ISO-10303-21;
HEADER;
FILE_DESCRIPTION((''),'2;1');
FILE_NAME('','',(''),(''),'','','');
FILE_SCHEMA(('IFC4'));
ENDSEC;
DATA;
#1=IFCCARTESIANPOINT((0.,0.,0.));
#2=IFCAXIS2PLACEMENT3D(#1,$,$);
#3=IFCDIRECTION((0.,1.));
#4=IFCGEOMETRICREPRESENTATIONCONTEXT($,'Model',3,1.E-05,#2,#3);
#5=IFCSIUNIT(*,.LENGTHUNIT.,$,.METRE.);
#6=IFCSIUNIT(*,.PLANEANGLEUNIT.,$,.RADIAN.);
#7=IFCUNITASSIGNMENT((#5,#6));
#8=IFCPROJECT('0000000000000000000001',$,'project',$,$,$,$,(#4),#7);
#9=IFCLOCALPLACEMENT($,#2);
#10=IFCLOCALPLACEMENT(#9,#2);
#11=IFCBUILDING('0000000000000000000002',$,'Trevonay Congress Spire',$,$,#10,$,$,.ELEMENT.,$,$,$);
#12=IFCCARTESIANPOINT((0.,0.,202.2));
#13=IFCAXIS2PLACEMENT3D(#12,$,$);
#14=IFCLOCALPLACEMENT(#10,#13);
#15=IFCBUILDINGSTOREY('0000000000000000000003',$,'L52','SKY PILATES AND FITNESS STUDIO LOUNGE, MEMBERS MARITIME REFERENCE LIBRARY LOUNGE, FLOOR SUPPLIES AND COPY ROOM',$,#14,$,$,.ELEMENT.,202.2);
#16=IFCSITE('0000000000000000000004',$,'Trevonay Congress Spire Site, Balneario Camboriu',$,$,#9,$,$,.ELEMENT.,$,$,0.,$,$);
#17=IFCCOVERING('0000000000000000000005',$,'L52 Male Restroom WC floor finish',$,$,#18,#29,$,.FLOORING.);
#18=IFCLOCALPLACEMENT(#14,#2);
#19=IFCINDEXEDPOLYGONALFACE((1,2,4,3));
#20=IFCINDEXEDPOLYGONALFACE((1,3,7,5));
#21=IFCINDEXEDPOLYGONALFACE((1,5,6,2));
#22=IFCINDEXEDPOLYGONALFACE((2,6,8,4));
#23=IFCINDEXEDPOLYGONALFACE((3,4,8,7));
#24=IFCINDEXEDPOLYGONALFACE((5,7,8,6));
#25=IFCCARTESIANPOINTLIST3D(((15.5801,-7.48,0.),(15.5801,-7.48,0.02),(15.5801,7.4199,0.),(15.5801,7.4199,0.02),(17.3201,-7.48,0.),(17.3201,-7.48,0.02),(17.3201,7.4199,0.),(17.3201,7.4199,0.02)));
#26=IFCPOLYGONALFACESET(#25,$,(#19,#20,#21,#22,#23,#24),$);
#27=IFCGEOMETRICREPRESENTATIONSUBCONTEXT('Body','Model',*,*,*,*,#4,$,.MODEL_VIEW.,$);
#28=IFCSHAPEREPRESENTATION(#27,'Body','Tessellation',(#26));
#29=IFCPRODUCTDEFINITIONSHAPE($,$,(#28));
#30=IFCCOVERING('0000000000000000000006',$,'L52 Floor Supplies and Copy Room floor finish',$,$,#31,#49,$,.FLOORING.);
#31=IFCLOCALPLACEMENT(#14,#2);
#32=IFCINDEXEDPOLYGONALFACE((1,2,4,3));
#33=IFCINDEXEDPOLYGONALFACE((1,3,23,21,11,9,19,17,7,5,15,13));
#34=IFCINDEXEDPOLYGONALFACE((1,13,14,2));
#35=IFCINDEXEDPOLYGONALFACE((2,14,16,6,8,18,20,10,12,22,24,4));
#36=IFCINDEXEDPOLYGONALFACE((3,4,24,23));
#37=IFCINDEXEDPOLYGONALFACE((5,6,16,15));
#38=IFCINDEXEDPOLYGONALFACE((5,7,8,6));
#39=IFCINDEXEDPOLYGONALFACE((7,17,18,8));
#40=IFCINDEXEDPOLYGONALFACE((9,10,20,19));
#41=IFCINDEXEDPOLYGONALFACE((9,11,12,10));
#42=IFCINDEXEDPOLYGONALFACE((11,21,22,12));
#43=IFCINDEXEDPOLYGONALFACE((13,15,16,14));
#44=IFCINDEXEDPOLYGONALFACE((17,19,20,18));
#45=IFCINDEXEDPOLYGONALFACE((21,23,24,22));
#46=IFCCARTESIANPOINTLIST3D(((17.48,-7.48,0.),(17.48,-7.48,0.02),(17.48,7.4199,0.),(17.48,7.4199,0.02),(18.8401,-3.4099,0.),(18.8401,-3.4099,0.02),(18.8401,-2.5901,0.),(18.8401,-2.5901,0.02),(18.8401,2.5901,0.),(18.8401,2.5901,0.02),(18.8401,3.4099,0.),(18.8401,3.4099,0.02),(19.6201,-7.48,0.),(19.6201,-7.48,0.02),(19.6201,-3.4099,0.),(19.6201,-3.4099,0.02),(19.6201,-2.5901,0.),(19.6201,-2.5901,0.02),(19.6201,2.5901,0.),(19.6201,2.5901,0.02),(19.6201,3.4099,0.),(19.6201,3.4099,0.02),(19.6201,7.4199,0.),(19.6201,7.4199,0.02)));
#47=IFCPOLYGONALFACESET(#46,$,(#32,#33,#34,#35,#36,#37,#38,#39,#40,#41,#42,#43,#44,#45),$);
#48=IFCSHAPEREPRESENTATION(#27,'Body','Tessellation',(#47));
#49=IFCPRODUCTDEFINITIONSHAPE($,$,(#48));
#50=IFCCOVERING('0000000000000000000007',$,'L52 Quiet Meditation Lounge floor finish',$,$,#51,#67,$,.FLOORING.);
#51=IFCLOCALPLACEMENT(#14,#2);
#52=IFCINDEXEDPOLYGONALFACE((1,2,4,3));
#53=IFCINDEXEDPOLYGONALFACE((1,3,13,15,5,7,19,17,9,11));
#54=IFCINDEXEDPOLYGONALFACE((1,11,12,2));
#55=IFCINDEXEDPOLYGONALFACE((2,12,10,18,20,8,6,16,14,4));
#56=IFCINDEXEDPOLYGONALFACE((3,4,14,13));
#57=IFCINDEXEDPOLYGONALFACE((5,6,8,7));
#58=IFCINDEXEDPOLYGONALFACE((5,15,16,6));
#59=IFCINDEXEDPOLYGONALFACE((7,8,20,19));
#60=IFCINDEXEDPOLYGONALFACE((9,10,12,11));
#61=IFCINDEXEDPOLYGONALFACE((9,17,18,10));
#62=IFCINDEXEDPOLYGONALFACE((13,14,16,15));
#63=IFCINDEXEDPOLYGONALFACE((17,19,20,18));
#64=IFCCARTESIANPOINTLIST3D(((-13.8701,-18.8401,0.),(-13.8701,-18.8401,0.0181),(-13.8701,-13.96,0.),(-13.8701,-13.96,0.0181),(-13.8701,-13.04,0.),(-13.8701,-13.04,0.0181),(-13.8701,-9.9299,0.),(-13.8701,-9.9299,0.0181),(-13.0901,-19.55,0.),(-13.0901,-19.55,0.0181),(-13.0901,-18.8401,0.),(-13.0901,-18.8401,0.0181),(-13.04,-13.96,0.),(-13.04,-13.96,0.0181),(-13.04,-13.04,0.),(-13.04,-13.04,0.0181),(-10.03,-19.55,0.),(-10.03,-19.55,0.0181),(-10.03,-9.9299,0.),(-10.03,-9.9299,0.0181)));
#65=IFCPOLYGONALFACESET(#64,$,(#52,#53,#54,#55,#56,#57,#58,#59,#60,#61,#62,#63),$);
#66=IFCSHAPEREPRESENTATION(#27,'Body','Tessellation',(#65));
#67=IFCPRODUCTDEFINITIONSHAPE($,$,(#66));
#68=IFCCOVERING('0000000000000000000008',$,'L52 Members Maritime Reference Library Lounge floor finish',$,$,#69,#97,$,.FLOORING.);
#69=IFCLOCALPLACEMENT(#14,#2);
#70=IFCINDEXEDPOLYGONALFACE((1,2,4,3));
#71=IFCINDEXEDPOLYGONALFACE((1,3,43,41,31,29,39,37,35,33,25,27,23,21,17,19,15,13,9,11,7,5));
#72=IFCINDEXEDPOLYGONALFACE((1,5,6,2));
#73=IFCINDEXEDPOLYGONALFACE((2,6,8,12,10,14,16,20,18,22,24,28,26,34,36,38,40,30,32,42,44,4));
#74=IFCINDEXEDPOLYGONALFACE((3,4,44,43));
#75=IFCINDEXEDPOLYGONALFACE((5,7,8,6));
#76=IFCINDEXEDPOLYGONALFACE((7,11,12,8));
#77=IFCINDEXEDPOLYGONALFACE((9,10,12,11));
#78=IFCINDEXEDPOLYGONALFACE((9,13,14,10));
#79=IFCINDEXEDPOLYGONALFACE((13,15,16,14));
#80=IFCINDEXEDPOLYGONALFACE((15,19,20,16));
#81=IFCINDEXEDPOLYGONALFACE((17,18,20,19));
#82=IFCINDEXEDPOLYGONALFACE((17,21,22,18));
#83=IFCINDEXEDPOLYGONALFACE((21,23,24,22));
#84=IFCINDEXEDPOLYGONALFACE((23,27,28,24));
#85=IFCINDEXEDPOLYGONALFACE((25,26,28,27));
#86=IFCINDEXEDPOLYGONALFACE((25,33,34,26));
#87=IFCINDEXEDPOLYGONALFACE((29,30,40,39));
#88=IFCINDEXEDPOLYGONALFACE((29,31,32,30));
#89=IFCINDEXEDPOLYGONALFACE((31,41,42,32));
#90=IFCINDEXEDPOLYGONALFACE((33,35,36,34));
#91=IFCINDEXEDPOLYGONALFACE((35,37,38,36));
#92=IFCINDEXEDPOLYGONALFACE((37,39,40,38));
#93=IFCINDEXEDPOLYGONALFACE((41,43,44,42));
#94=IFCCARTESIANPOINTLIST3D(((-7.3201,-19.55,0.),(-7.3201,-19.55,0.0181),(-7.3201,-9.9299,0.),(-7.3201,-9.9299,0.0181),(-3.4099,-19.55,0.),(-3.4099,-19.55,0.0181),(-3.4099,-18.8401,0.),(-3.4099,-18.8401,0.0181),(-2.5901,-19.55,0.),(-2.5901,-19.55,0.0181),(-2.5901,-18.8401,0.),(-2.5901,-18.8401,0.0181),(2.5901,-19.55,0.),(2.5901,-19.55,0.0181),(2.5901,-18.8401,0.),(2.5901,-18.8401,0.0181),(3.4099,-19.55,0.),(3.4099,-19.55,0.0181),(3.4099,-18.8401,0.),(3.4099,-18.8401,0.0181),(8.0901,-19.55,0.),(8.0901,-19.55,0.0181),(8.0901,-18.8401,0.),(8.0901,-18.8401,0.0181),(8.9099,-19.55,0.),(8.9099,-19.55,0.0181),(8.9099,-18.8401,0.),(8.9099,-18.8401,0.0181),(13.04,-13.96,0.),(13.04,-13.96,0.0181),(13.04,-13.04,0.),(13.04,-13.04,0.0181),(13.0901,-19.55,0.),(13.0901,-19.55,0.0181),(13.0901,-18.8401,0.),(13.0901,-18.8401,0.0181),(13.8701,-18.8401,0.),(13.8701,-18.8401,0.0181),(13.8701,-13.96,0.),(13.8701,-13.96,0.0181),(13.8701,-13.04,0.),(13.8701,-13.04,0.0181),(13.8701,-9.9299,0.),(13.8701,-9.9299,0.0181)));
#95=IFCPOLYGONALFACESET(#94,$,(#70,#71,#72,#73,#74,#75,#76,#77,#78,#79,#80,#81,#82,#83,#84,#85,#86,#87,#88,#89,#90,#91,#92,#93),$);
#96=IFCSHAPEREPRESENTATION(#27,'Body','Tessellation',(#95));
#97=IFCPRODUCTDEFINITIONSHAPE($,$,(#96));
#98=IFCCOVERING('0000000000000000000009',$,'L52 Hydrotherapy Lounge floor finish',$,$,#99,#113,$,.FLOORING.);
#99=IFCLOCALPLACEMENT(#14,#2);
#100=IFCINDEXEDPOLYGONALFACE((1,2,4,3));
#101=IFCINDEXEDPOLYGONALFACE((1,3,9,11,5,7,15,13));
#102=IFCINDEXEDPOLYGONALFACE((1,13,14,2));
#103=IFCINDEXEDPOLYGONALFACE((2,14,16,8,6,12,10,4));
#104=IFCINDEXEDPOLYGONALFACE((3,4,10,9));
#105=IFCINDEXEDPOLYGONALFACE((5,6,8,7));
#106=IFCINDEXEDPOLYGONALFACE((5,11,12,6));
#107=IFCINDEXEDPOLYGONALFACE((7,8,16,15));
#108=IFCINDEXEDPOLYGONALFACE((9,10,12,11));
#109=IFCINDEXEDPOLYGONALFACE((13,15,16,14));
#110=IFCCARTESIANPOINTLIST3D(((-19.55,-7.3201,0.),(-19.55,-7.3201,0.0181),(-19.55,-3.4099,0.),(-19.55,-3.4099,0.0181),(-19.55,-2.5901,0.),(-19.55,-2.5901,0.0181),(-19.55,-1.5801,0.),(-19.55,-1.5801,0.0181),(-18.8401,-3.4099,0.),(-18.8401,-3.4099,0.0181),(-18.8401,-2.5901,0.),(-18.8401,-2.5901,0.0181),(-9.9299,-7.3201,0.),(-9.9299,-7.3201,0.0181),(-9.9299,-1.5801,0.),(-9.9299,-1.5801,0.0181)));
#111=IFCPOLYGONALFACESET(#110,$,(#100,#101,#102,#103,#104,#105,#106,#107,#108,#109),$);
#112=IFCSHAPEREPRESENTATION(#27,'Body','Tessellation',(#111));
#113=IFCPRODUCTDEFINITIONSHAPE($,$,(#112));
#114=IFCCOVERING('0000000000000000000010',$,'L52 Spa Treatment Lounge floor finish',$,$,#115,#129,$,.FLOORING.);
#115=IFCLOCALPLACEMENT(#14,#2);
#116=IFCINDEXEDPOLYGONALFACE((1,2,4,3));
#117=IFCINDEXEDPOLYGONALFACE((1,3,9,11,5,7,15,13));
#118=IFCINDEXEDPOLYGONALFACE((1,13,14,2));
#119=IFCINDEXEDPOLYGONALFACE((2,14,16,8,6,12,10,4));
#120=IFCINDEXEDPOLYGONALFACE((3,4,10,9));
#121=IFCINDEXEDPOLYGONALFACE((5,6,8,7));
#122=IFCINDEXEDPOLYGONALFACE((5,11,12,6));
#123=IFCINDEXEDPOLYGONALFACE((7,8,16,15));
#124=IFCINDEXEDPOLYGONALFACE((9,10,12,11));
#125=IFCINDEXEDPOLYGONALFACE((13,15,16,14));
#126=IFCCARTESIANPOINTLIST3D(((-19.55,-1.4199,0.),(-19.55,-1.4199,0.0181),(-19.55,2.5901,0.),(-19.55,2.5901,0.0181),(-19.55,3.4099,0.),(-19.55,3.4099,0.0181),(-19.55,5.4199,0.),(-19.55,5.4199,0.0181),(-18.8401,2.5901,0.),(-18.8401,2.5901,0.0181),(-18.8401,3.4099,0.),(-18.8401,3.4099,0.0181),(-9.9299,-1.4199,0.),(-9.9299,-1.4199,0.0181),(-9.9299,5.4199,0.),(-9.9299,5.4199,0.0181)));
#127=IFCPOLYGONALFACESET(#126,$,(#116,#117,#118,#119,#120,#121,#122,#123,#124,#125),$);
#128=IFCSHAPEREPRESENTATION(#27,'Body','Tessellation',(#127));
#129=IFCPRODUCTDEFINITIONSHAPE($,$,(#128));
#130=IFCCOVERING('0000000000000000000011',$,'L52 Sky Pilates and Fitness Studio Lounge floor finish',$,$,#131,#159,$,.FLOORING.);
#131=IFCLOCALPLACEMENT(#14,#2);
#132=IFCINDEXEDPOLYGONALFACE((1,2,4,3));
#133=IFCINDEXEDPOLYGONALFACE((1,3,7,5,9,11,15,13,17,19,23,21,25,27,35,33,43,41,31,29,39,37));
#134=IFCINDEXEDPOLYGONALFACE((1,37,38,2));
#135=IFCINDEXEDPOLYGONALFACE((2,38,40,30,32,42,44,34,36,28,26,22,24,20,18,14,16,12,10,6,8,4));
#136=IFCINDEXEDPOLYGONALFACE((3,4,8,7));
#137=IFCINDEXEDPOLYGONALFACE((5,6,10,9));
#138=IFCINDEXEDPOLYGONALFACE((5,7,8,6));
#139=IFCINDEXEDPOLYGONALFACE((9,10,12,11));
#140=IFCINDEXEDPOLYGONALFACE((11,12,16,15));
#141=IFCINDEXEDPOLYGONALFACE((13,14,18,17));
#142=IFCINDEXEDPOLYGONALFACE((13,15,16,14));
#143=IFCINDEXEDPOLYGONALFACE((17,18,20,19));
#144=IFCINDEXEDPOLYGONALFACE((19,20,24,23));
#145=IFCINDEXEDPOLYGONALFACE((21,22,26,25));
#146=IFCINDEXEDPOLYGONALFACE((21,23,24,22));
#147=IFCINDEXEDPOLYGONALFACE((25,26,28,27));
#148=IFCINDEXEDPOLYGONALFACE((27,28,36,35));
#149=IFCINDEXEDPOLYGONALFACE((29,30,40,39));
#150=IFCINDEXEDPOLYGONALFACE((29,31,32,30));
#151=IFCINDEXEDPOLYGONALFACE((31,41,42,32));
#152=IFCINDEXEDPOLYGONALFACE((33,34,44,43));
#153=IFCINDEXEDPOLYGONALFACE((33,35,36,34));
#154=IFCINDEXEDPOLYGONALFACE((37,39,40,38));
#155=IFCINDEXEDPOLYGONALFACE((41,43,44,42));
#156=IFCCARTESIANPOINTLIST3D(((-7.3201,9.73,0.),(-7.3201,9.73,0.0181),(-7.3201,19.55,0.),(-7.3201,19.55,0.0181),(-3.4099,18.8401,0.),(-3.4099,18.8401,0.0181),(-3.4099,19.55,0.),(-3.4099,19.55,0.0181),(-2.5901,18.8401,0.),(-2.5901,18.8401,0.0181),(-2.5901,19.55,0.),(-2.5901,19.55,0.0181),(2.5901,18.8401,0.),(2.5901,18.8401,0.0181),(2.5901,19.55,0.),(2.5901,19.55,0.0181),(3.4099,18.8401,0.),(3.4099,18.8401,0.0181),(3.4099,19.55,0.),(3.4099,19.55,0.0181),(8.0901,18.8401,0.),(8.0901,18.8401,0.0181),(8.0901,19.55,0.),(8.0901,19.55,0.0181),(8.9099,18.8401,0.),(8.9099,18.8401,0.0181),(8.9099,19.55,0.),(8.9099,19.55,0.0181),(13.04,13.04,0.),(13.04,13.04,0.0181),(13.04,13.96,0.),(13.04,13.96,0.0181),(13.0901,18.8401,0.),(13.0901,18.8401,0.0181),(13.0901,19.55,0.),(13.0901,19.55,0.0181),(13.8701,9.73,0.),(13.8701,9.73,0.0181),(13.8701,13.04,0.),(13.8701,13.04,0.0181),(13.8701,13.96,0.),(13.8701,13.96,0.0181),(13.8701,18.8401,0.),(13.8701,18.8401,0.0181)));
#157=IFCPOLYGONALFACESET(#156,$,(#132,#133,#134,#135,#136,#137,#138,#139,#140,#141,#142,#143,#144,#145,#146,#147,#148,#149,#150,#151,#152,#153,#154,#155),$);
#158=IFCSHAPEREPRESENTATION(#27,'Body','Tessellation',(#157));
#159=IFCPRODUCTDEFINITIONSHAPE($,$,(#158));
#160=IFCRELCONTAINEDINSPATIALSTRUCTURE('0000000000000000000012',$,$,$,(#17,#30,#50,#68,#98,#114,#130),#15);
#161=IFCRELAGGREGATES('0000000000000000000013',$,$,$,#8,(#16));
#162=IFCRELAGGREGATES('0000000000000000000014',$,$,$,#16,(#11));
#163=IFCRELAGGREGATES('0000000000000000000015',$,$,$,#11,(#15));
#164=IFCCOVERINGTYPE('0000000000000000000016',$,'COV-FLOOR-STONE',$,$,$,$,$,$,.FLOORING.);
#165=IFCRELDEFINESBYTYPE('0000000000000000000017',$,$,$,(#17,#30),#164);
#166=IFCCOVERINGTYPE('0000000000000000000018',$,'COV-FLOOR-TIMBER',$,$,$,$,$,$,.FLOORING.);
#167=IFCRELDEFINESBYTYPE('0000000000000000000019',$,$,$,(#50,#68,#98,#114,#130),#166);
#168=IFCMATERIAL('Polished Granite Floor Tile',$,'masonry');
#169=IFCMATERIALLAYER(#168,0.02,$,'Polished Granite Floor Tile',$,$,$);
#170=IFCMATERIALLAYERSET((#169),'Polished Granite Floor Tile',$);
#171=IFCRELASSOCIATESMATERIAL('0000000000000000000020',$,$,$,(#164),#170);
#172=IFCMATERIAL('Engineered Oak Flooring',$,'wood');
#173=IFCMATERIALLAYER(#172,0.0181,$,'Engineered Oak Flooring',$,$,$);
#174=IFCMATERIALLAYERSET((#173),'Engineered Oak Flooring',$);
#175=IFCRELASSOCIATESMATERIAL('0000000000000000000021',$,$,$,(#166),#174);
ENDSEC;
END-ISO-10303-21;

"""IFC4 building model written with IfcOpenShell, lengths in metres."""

from ifc_helpers import new_model, si_unit, direction, frame, origin, place, context, subcontext, project, spatial, polyline, outline, extrude, material, layer, layer_set, type_object, element, save


model = new_model("IFC4")

# Units and contexts
model_context = context("Model", 3, precision=1e-05, world=origin(), true_north=direction((0.0, 1.0)))
body_context = subcontext(model_context, "Body", "Model", "MODEL_VIEW")
ifc_project = project(units=[si_unit("LENGTHUNIT", "METRE"), si_unit("PLANEANGLEUNIT", "RADIAN")], contexts=[model_context])

# Site, building, storey
site_placement = place(None, origin())
site = spatial("IfcSite", under=ifc_project, at=site_placement, Name="Trevonay Congress Spire Site, Balneario Camboriu", CompositionType="ELEMENT", RefElevation=0.0)
building_placement = place(site_placement, origin())
building = spatial("IfcBuilding", under=site, at=building_placement, Name="Trevonay Congress Spire", CompositionType="ELEMENT")
storey_placement = place(building_placement, frame((0.0, 0.0, 202.2)))
storey = spatial("IfcBuildingStorey", under=building, at=storey_placement, Name="L52", Description="SKY PILATES AND FITNESS STUDIO LOUNGE, MEMBERS MARITIME REFERENCE LIBRARY LOUNGE, FLOOR SUPPLIES AND COPY ROOM", CompositionType="ELEMENT", Elevation=202.2)

# Coverings
ifc_material_1 = material(Name="Polished Granite Floor Tile", Category="masonry")
ifc_layer_1 = layer(ifc_material_1, 0.02, Name="Polished Granite Floor Tile")
ifc_layer_set_1 = layer_set([ifc_layer_1], Name="Polished Granite Floor Tile")
covering_type_1 = type_object("IfcCoveringType", Name="COV-FLOOR-STONE", PredefinedType="FLOORING", material=ifc_layer_set_1)
covering_1_placement = place(storey_placement, origin())
element("IfcCovering", 1, at=covering_1_placement, inside=storey, type_object=covering_type_1, Name="L52 Male Restroom WC floor finish", PredefinedType="FLOORING", context=body_context, shape_type="SweptSolid", body=[
    extrude(outline(polyline([(15.5801, -7.48), (17.3201, -7.48), (17.3201, 7.4199), (15.5801, 7.4199), (15.5801, -7.48)])), origin(), (0.0, 0.0, 1.0), 0.02),
])
covering_2_placement = place(storey_placement, origin())
element("IfcCovering", 2, at=covering_2_placement, inside=storey, type_object=covering_type_1, Name="L52 Floor Supplies and Copy Room floor finish", PredefinedType="FLOORING", context=body_context, shape_type="SweptSolid", body=[
    extrude(outline(polyline([(19.6201, -7.48), (17.48, -7.48), (17.48, 7.4199), (19.6201, 7.4199), (19.6201, 3.4099), (18.8401, 3.4099), (18.8401, 2.5901), (19.6201, 2.5901), (19.6201, -2.5901), (18.8401, -2.5901), (18.8401, -3.4099), (19.6201, -3.4099), (19.6201, -7.48)])), origin(), (0.0, 0.0, 1.0), 0.02),
])
ifc_material_2 = material(Name="Engineered Oak Flooring", Category="wood")
ifc_layer_2 = layer(ifc_material_2, 0.0181, Name="Engineered Oak Flooring")
ifc_layer_set_2 = layer_set([ifc_layer_2], Name="Engineered Oak Flooring")
covering_type_2 = type_object("IfcCoveringType", Name="COV-FLOOR-TIMBER", PredefinedType="FLOORING", material=ifc_layer_set_2)
covering_3_placement = place(storey_placement, origin())
element("IfcCovering", 3, at=covering_3_placement, inside=storey, type_object=covering_type_2, Name="L52 Quiet Meditation Lounge floor finish", PredefinedType="FLOORING", context=body_context, shape_type="SweptSolid", body=[
    extrude(outline(polyline([(-13.8701, -9.9299), (-10.03, -9.9299), (-10.03, -19.55), (-13.0901, -19.55), (-13.0901, -18.8401), (-13.8701, -18.8401), (-13.8701, -13.96), (-13.04, -13.96), (-13.04, -13.04), (-13.8701, -13.04), (-13.8701, -9.9299)])), origin(), (0.0, 0.0, 1.0), 0.0181),
])
covering_4_placement = place(storey_placement, origin())
element("IfcCovering", 4, at=covering_4_placement, inside=storey, type_object=covering_type_2, Name="L52 Members Maritime Reference Library Lounge floor finish", PredefinedType="FLOORING", context=body_context, shape_type="SweptSolid", body=[
    extrude(outline(polyline([(-7.3201, -19.55), (-7.3201, -9.9299), (13.8701, -9.9299), (13.8701, -13.04), (13.04, -13.04), (13.04, -13.96), (13.8701, -13.96), (13.8701, -18.8401), (13.0901, -18.8401), (13.0901, -19.55), (8.9099, -19.55), (8.9099, -18.8401), (8.0901, -18.8401), (8.0901, -19.55), (3.4099, -19.55), (3.4099, -18.8401), (2.5901, -18.8401), (2.5901, -19.55), (-2.5901, -19.55), (-2.5901, -18.8401), (-3.4099, -18.8401), (-3.4099, -19.55), (-7.3201, -19.55)])), origin(), (0.0, 0.0, 1.0), 0.0181),
])
covering_5_placement = place(storey_placement, origin())
element("IfcCovering", 5, at=covering_5_placement, inside=storey, type_object=covering_type_2, Name="L52 Hydrotherapy Lounge floor finish", PredefinedType="FLOORING", context=body_context, shape_type="SweptSolid", body=[
    extrude(outline(polyline([(-19.55, -1.5801), (-9.9299, -1.5801), (-9.9299, -7.3201), (-19.55, -7.3201), (-19.55, -3.4099), (-18.8401, -3.4099), (-18.8401, -2.5901), (-19.55, -2.5901), (-19.55, -1.5801)])), origin(), (0.0, 0.0, 1.0), 0.0181),
])
covering_6_placement = place(storey_placement, origin())
element("IfcCovering", 6, at=covering_6_placement, inside=storey, type_object=covering_type_2, Name="L52 Spa Treatment Lounge floor finish", PredefinedType="FLOORING", context=body_context, shape_type="SweptSolid", body=[
    extrude(outline(polyline([(-19.55, 5.4199), (-9.9299, 5.4199), (-9.9299, -1.4199), (-19.55, -1.4199), (-19.55, 2.5901), (-18.8401, 2.5901), (-18.8401, 3.4099), (-19.55, 3.4099), (-19.55, 5.4199)])), origin(), (0.0, 0.0, 1.0), 0.0181),
])
covering_7_placement = place(storey_placement, origin())
element("IfcCovering", 7, at=covering_7_placement, inside=storey, type_object=covering_type_2, Name="L52 Sky Pilates and Fitness Studio Lounge floor finish", PredefinedType="FLOORING", context=body_context, shape_type="SweptSolid", body=[
    extrude(outline(polyline([(13.8701, 9.73), (-7.3201, 9.73), (-7.3201, 19.55), (-3.4099, 19.55), (-3.4099, 18.8401), (-2.5901, 18.8401), (-2.5901, 19.55), (2.5901, 19.55), (2.5901, 18.8401), (3.4099, 18.8401), (3.4099, 19.55), (8.0901, 19.55), (8.0901, 18.8401), (8.9099, 18.8401), (8.9099, 19.55), (13.0901, 19.55), (13.0901, 18.8401), (13.8701, 18.8401), (13.8701, 13.96), (13.04, 13.96), (13.04, 13.04), (13.8701, 13.04), (13.8701, 9.73)])), origin(), (0.0, 0.0, 1.0), 0.0181),
])

save(model, "model.ifc")
